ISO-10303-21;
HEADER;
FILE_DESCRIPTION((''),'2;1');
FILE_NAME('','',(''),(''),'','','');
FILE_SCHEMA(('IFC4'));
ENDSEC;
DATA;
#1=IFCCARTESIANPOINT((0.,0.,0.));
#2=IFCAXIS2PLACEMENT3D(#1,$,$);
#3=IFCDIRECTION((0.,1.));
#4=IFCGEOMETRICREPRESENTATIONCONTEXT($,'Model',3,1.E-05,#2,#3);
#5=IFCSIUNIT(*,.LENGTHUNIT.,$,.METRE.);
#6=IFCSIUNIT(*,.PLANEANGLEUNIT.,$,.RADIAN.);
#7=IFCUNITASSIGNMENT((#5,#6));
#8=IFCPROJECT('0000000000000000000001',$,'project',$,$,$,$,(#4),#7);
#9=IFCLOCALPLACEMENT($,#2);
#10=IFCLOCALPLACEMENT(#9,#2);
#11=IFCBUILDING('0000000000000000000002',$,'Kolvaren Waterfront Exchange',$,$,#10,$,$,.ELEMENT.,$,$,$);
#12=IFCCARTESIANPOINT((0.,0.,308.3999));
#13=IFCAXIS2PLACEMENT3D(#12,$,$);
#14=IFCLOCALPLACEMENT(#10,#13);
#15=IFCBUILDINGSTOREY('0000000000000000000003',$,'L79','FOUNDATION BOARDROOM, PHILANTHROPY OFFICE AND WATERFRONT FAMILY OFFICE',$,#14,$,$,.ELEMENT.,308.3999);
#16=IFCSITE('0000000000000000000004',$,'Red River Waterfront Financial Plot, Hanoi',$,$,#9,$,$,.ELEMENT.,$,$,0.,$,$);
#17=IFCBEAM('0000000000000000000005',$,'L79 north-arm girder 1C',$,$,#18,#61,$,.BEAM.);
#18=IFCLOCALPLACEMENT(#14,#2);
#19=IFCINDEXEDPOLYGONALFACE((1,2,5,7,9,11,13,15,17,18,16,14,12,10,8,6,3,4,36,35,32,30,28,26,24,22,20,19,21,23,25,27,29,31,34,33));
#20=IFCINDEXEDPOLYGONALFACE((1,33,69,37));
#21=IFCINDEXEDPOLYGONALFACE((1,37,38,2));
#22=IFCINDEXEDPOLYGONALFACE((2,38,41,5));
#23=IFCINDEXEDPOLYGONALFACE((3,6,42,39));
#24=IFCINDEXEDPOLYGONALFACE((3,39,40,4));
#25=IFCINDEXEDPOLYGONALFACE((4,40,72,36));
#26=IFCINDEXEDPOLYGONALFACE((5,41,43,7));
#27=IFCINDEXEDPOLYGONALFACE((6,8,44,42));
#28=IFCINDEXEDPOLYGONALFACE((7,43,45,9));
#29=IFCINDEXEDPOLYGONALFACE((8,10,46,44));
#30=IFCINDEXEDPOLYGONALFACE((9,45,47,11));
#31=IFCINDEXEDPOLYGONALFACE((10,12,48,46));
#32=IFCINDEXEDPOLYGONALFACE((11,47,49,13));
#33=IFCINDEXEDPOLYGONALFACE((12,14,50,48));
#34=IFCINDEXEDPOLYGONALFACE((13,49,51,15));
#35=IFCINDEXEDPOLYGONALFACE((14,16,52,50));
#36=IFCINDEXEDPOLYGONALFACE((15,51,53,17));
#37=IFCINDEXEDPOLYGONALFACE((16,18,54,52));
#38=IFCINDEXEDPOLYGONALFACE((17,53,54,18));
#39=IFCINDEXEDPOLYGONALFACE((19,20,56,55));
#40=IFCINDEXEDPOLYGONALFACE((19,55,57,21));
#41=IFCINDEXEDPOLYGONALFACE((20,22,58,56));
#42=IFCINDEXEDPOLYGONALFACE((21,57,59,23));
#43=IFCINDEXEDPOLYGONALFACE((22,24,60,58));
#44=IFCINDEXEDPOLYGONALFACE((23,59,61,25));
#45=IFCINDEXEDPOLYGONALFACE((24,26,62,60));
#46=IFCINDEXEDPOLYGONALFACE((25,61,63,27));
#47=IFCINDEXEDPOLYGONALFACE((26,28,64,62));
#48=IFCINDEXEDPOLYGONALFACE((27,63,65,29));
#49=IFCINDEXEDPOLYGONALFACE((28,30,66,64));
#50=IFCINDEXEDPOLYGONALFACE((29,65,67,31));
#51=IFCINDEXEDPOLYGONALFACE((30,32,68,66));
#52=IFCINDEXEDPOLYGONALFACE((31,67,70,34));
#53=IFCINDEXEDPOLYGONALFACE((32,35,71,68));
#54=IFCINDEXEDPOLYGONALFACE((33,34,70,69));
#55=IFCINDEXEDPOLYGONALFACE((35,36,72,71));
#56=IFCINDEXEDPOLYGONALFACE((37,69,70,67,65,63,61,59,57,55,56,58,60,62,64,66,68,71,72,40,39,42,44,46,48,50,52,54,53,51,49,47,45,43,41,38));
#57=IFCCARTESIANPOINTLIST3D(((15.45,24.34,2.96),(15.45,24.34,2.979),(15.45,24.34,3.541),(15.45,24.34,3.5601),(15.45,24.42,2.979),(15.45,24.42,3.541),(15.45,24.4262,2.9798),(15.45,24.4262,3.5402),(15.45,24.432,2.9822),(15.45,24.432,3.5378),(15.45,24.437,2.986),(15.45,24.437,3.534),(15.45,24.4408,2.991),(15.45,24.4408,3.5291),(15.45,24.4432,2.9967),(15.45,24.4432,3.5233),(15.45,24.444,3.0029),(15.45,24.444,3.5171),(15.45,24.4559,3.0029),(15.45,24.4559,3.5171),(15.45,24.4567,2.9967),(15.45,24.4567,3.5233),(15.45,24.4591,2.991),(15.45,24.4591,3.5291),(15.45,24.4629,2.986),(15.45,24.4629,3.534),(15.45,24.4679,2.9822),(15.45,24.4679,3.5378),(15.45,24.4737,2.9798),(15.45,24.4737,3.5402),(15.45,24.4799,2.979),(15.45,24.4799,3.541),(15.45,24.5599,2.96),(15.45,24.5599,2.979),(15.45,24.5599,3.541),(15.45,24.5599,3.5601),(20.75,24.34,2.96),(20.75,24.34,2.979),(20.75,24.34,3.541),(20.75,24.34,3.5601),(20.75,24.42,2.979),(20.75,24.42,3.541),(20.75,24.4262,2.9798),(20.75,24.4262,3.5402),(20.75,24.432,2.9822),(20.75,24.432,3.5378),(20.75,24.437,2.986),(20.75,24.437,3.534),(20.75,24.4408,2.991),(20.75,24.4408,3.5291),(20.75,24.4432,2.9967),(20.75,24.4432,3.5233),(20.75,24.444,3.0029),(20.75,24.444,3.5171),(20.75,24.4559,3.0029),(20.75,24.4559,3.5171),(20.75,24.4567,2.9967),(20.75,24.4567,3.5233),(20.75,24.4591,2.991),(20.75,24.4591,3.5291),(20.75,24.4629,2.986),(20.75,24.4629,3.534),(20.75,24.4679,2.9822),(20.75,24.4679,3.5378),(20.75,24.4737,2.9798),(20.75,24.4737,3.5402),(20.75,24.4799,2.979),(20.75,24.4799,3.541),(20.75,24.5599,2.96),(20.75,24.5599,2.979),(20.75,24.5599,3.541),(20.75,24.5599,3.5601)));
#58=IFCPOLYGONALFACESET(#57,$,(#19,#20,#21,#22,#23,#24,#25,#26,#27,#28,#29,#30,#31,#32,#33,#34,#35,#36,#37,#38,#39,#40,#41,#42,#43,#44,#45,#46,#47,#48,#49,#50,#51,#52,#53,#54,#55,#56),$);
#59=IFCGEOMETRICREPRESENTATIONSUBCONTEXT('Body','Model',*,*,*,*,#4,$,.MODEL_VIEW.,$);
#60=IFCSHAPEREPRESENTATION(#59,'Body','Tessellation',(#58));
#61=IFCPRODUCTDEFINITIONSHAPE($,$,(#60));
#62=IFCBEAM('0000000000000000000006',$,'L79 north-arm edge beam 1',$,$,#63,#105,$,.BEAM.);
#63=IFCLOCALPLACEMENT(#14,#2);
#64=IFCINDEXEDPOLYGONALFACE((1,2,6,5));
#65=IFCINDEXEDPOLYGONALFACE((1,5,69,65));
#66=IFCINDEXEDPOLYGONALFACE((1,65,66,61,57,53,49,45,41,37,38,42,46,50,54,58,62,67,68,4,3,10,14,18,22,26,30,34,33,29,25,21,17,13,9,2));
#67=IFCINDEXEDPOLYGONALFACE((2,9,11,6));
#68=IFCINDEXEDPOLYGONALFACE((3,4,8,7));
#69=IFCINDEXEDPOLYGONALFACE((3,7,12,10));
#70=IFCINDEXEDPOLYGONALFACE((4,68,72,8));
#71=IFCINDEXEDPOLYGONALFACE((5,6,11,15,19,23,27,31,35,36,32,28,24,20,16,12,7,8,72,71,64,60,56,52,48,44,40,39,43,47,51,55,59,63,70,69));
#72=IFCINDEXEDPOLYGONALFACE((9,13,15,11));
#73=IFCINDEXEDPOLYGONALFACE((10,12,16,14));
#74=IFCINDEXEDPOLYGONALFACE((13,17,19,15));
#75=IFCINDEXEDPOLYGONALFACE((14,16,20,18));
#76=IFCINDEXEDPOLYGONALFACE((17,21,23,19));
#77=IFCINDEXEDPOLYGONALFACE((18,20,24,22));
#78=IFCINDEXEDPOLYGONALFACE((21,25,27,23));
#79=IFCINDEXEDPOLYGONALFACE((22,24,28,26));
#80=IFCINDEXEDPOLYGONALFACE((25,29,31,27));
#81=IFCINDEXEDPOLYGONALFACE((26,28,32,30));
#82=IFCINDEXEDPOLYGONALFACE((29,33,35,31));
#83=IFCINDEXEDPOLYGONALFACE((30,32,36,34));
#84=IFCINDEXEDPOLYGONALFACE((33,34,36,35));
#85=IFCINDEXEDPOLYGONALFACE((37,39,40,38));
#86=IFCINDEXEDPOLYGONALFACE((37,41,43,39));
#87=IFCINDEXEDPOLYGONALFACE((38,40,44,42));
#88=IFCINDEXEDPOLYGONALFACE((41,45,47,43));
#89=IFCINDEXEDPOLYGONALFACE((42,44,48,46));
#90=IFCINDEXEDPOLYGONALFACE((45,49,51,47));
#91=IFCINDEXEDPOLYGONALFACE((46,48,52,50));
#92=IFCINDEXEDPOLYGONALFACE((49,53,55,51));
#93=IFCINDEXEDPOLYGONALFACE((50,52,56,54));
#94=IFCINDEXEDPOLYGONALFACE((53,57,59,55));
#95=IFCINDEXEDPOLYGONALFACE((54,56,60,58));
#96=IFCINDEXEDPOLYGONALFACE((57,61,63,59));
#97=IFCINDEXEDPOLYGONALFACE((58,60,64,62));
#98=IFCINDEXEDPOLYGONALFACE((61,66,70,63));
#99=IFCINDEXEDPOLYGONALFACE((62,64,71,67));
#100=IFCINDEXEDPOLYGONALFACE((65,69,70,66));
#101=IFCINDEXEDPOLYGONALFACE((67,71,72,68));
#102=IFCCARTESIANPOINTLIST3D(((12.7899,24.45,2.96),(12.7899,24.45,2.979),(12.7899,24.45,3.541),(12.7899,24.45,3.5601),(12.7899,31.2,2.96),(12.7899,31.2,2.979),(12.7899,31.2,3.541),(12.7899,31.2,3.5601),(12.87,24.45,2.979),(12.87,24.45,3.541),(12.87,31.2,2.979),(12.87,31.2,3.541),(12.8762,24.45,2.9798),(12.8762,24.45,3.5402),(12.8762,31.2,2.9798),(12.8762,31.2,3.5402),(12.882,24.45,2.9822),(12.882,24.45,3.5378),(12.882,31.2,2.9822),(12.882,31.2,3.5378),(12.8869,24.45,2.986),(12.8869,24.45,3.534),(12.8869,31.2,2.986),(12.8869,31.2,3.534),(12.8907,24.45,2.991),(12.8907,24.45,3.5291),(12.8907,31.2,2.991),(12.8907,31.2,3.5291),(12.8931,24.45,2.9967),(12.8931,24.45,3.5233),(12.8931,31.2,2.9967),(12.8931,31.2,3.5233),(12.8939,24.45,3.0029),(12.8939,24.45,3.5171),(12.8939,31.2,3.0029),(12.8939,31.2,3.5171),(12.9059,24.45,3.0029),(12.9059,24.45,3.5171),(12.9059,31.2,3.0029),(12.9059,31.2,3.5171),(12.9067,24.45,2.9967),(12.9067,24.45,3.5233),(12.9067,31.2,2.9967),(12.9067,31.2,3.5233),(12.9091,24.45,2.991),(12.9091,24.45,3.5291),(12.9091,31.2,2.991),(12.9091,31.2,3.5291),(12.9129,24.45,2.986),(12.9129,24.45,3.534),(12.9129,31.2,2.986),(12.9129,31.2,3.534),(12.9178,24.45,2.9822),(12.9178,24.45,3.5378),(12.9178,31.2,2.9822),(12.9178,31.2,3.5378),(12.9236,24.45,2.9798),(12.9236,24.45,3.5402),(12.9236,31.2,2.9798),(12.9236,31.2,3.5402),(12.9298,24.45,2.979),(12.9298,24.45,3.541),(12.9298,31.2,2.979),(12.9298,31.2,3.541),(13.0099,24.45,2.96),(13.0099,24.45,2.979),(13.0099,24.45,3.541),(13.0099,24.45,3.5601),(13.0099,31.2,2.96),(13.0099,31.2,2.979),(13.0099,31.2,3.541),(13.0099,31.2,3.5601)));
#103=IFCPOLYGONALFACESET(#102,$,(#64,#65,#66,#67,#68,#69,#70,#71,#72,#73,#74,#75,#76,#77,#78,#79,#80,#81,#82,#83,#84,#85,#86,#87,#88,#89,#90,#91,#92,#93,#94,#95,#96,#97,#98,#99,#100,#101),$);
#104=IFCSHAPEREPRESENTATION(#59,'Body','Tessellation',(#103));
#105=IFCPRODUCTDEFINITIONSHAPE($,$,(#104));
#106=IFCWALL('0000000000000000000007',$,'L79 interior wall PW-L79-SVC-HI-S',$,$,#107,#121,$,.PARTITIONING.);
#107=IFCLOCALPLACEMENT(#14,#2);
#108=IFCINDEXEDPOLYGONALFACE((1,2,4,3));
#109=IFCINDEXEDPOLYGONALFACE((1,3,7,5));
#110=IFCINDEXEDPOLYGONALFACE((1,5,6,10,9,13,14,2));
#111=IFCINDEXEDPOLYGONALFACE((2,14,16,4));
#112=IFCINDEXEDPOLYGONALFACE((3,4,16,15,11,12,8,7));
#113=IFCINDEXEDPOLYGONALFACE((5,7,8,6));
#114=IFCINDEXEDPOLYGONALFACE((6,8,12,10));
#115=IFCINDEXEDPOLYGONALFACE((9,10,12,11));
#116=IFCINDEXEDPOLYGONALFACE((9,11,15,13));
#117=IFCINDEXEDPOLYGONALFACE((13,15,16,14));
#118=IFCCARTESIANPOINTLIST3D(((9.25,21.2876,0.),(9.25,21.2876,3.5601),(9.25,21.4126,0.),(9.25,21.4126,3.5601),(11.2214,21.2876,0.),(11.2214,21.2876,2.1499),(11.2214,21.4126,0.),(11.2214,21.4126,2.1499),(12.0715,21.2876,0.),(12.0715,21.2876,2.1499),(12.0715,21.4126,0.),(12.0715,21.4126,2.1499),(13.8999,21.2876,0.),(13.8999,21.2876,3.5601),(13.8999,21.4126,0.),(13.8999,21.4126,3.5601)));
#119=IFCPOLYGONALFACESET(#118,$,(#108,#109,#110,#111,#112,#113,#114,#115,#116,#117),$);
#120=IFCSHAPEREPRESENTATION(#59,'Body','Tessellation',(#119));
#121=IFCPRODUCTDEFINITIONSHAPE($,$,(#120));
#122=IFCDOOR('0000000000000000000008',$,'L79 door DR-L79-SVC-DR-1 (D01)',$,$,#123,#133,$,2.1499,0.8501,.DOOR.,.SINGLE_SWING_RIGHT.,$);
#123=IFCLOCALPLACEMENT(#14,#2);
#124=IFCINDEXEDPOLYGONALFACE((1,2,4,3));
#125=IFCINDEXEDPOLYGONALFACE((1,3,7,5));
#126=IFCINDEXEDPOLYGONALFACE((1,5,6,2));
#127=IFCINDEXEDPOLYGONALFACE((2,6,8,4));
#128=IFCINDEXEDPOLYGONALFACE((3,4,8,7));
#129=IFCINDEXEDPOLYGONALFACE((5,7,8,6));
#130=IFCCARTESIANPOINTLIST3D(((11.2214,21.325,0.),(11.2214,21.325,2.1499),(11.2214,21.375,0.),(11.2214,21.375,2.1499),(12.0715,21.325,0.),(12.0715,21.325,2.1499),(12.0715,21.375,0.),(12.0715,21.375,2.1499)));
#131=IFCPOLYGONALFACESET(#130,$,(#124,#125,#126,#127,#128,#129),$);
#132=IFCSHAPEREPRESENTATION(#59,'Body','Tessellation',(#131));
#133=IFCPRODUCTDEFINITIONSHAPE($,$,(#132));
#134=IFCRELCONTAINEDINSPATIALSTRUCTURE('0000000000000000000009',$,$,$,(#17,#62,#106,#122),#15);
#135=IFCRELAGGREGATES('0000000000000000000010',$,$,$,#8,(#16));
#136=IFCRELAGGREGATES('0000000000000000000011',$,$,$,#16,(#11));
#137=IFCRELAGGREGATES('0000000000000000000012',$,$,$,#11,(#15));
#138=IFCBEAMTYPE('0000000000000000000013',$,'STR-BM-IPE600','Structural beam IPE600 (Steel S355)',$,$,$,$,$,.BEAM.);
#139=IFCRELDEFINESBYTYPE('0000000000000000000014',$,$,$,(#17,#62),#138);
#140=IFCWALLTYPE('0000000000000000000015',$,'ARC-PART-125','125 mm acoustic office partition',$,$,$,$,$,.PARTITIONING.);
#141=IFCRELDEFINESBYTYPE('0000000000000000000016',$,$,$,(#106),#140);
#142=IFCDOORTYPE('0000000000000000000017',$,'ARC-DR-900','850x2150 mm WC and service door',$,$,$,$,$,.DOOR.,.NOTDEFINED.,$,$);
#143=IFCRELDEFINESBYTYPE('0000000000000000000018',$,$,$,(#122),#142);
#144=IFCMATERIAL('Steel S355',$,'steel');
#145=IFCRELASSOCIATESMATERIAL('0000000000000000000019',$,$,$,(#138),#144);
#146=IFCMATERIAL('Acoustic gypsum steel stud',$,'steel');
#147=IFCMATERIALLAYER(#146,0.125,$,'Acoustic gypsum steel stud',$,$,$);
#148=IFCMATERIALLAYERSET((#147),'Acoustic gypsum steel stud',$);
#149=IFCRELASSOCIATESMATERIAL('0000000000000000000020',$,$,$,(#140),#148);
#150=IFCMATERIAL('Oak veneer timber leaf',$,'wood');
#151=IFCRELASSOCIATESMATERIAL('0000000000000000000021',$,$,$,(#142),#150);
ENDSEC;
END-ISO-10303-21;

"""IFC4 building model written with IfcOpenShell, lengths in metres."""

from ifc_helpers import new_model, si_unit, direction, frame, frame_2d, origin, origin_2d, place, context, subcontext, project, spatial, rectangle, i_section, extrude, material, layer, layer_set, material_profile, profile_set, type_object, element, fill, save


model = new_model("IFC4")

# Units and contexts
model_context = context("Model", 3, precision=1e-05, world=origin(), true_north=direction((0.0, 1.0)))
body_context = subcontext(model_context, "Body", "Model", "MODEL_VIEW")
ifc_project = project(units=[si_unit("LENGTHUNIT", "METRE"), si_unit("PLANEANGLEUNIT", "RADIAN")], contexts=[model_context])

# Site, building, storey
site_placement = place(None, origin())
site = spatial("IfcSite", under=ifc_project, at=site_placement, Name="Red River Waterfront Financial Plot, Hanoi", CompositionType="ELEMENT", RefElevation=0.0)
building_placement = place(site_placement, origin())
building = spatial("IfcBuilding", under=site, at=building_placement, Name="Kolvaren Waterfront Exchange", CompositionType="ELEMENT")
storey_placement = place(building_placement, frame((0.0, 0.0, 308.3999)))
storey = spatial("IfcBuildingStorey", under=building, at=storey_placement, Name="L79", Description="FOUNDATION BOARDROOM, PHILANTHROPY OFFICE AND WATERFRONT FAMILY OFFICE", CompositionType="ELEMENT", Elevation=308.3999)

# Beams
ifc_material_1 = material(Name="Steel S355", Category="steel")
ifc_material_profile_1 = material_profile(ifc_material_1, i_section(OverallWidth=0.22, OverallDepth=0.6001, WebThickness=0.012, FlangeThickness=0.019, FilletRadius=0.0239, at=origin_2d()), Name="IPE600")
ifc_profile_set_1 = profile_set([ifc_material_profile_1], Name="Steel S355")
beam_type_1 = type_object("IfcBeamType", Name="STR-BM-IPE600", Description="Structural beam IPE600 (Steel S355)", PredefinedType="BEAM", material=ifc_profile_set_1)
beam_1_placement = place(storey_placement, frame((15.45, 24.45, 3.26), z_axis=(1.0, 0.0, 0.0), x_axis=(0.0, 1.0, 0.0)))
element("IfcBeam", 1, at=beam_1_placement, inside=storey, type_object=beam_type_1, Name="L79 north-arm girder 1C", PredefinedType="BEAM", context=body_context, shape_type="SweptSolid", body=[
    extrude(i_section(OverallWidth=0.22, OverallDepth=0.6001, WebThickness=0.012, FlangeThickness=0.019, FilletRadius=0.0239, at=origin_2d()), origin(), (0.0, 0.0, 1.0), 5.3),
])
beam_2_placement = place(storey_placement, frame((12.8999, 24.45, 3.26), z_axis=(0.0, 1.0, 0.0), x_axis=(-1.0, 0.0, 0.0)))
element("IfcBeam", 2, at=beam_2_placement, inside=storey, type_object=beam_type_1, Name="L79 north-arm edge beam 1", PredefinedType="BEAM", context=body_context, shape_type="SweptSolid", body=[
    extrude(i_section(OverallWidth=0.22, OverallDepth=0.6001, WebThickness=0.012, FlangeThickness=0.019, FilletRadius=0.0239, at=origin_2d()), origin(), (0.0, 0.0, 1.0), 6.75),
])

# Wall, opening, door
ifc_material_2 = material(Name="Acoustic gypsum steel stud", Category="steel")
ifc_layer_1 = layer(ifc_material_2, 0.125, Name="Acoustic gypsum steel stud")
ifc_layer_set_1 = layer_set([ifc_layer_1], Name="Acoustic gypsum steel stud")
wall_type_1 = type_object("IfcWallType", Name="ARC-PART-125", Description="125 mm acoustic office partition", PredefinedType="PARTITIONING", material=ifc_layer_set_1)
wall_1_placement = place(storey_placement, frame((9.25, 21.3501, 0.0), z_axis=(0.0, 0.0, 1.0), x_axis=(1.0, 0.0, 0.0)))
wall_1 = element("IfcWall", 3, at=wall_1_placement, inside=storey, type_object=wall_type_1, Name="L79 interior wall PW-L79-SVC-HI-S", PredefinedType="PARTITIONING", context=body_context, shape_type="SweptSolid", body=[
    extrude(rectangle(XDim=4.6499, YDim=0.125, at=frame_2d((2.325, 0.0))), origin(), (0.0, 0.0, 1.0), 3.5601),
])
opening_1_placement = place(wall_1_placement, frame((1.9714, 0.0, 0.0)))
opening_1 = element("IfcOpeningElement", 4, at=opening_1_placement, cuts=wall_1, PredefinedType="OPENING", context=body_context, shape_type="SweptSolid", body=[
    extrude(rectangle(XDim=0.8501, YDim=2.1499, at=frame_2d((0.425, 1.075))), frame((0.0, 0.0725, 0.0), z_axis=(0.0, -1.0, 0.0), x_axis=(1.0, 0.0, 0.0)), (0.0, 0.0, 1.0), 0.145),
])
ifc_material_3 = material(Name="Oak veneer timber leaf", Category="wood")
door_type_1 = type_object("IfcDoorType", Name="ARC-DR-900", Description="850x2150 mm WC and service door", OperationType="NOTDEFINED", PredefinedType="DOOR", material=ifc_material_3)
door_1_placement = place(opening_1_placement, origin())
door_1 = element("IfcDoor", 5, at=door_1_placement, inside=storey, type_object=door_type_1, Name="L79 door DR-L79-SVC-DR-1 (D01)", OperationType="SINGLE_SWING_RIGHT", OverallHeight=2.1499, OverallWidth=0.8501, PredefinedType="DOOR", context=body_context, shape_type="SweptSolid", body=[
    extrude(rectangle(XDim=0.8501, YDim=2.1499, at=frame_2d((0.425, 1.075))), frame((0.0, 0.0249, 0.0), z_axis=(0.0, -1.0, 0.0), x_axis=(1.0, 0.0, 0.0)), (0.0, 0.0, 1.0), 0.05),
])
fill(opening_1, door_1)

save(model, "model.ifc")
